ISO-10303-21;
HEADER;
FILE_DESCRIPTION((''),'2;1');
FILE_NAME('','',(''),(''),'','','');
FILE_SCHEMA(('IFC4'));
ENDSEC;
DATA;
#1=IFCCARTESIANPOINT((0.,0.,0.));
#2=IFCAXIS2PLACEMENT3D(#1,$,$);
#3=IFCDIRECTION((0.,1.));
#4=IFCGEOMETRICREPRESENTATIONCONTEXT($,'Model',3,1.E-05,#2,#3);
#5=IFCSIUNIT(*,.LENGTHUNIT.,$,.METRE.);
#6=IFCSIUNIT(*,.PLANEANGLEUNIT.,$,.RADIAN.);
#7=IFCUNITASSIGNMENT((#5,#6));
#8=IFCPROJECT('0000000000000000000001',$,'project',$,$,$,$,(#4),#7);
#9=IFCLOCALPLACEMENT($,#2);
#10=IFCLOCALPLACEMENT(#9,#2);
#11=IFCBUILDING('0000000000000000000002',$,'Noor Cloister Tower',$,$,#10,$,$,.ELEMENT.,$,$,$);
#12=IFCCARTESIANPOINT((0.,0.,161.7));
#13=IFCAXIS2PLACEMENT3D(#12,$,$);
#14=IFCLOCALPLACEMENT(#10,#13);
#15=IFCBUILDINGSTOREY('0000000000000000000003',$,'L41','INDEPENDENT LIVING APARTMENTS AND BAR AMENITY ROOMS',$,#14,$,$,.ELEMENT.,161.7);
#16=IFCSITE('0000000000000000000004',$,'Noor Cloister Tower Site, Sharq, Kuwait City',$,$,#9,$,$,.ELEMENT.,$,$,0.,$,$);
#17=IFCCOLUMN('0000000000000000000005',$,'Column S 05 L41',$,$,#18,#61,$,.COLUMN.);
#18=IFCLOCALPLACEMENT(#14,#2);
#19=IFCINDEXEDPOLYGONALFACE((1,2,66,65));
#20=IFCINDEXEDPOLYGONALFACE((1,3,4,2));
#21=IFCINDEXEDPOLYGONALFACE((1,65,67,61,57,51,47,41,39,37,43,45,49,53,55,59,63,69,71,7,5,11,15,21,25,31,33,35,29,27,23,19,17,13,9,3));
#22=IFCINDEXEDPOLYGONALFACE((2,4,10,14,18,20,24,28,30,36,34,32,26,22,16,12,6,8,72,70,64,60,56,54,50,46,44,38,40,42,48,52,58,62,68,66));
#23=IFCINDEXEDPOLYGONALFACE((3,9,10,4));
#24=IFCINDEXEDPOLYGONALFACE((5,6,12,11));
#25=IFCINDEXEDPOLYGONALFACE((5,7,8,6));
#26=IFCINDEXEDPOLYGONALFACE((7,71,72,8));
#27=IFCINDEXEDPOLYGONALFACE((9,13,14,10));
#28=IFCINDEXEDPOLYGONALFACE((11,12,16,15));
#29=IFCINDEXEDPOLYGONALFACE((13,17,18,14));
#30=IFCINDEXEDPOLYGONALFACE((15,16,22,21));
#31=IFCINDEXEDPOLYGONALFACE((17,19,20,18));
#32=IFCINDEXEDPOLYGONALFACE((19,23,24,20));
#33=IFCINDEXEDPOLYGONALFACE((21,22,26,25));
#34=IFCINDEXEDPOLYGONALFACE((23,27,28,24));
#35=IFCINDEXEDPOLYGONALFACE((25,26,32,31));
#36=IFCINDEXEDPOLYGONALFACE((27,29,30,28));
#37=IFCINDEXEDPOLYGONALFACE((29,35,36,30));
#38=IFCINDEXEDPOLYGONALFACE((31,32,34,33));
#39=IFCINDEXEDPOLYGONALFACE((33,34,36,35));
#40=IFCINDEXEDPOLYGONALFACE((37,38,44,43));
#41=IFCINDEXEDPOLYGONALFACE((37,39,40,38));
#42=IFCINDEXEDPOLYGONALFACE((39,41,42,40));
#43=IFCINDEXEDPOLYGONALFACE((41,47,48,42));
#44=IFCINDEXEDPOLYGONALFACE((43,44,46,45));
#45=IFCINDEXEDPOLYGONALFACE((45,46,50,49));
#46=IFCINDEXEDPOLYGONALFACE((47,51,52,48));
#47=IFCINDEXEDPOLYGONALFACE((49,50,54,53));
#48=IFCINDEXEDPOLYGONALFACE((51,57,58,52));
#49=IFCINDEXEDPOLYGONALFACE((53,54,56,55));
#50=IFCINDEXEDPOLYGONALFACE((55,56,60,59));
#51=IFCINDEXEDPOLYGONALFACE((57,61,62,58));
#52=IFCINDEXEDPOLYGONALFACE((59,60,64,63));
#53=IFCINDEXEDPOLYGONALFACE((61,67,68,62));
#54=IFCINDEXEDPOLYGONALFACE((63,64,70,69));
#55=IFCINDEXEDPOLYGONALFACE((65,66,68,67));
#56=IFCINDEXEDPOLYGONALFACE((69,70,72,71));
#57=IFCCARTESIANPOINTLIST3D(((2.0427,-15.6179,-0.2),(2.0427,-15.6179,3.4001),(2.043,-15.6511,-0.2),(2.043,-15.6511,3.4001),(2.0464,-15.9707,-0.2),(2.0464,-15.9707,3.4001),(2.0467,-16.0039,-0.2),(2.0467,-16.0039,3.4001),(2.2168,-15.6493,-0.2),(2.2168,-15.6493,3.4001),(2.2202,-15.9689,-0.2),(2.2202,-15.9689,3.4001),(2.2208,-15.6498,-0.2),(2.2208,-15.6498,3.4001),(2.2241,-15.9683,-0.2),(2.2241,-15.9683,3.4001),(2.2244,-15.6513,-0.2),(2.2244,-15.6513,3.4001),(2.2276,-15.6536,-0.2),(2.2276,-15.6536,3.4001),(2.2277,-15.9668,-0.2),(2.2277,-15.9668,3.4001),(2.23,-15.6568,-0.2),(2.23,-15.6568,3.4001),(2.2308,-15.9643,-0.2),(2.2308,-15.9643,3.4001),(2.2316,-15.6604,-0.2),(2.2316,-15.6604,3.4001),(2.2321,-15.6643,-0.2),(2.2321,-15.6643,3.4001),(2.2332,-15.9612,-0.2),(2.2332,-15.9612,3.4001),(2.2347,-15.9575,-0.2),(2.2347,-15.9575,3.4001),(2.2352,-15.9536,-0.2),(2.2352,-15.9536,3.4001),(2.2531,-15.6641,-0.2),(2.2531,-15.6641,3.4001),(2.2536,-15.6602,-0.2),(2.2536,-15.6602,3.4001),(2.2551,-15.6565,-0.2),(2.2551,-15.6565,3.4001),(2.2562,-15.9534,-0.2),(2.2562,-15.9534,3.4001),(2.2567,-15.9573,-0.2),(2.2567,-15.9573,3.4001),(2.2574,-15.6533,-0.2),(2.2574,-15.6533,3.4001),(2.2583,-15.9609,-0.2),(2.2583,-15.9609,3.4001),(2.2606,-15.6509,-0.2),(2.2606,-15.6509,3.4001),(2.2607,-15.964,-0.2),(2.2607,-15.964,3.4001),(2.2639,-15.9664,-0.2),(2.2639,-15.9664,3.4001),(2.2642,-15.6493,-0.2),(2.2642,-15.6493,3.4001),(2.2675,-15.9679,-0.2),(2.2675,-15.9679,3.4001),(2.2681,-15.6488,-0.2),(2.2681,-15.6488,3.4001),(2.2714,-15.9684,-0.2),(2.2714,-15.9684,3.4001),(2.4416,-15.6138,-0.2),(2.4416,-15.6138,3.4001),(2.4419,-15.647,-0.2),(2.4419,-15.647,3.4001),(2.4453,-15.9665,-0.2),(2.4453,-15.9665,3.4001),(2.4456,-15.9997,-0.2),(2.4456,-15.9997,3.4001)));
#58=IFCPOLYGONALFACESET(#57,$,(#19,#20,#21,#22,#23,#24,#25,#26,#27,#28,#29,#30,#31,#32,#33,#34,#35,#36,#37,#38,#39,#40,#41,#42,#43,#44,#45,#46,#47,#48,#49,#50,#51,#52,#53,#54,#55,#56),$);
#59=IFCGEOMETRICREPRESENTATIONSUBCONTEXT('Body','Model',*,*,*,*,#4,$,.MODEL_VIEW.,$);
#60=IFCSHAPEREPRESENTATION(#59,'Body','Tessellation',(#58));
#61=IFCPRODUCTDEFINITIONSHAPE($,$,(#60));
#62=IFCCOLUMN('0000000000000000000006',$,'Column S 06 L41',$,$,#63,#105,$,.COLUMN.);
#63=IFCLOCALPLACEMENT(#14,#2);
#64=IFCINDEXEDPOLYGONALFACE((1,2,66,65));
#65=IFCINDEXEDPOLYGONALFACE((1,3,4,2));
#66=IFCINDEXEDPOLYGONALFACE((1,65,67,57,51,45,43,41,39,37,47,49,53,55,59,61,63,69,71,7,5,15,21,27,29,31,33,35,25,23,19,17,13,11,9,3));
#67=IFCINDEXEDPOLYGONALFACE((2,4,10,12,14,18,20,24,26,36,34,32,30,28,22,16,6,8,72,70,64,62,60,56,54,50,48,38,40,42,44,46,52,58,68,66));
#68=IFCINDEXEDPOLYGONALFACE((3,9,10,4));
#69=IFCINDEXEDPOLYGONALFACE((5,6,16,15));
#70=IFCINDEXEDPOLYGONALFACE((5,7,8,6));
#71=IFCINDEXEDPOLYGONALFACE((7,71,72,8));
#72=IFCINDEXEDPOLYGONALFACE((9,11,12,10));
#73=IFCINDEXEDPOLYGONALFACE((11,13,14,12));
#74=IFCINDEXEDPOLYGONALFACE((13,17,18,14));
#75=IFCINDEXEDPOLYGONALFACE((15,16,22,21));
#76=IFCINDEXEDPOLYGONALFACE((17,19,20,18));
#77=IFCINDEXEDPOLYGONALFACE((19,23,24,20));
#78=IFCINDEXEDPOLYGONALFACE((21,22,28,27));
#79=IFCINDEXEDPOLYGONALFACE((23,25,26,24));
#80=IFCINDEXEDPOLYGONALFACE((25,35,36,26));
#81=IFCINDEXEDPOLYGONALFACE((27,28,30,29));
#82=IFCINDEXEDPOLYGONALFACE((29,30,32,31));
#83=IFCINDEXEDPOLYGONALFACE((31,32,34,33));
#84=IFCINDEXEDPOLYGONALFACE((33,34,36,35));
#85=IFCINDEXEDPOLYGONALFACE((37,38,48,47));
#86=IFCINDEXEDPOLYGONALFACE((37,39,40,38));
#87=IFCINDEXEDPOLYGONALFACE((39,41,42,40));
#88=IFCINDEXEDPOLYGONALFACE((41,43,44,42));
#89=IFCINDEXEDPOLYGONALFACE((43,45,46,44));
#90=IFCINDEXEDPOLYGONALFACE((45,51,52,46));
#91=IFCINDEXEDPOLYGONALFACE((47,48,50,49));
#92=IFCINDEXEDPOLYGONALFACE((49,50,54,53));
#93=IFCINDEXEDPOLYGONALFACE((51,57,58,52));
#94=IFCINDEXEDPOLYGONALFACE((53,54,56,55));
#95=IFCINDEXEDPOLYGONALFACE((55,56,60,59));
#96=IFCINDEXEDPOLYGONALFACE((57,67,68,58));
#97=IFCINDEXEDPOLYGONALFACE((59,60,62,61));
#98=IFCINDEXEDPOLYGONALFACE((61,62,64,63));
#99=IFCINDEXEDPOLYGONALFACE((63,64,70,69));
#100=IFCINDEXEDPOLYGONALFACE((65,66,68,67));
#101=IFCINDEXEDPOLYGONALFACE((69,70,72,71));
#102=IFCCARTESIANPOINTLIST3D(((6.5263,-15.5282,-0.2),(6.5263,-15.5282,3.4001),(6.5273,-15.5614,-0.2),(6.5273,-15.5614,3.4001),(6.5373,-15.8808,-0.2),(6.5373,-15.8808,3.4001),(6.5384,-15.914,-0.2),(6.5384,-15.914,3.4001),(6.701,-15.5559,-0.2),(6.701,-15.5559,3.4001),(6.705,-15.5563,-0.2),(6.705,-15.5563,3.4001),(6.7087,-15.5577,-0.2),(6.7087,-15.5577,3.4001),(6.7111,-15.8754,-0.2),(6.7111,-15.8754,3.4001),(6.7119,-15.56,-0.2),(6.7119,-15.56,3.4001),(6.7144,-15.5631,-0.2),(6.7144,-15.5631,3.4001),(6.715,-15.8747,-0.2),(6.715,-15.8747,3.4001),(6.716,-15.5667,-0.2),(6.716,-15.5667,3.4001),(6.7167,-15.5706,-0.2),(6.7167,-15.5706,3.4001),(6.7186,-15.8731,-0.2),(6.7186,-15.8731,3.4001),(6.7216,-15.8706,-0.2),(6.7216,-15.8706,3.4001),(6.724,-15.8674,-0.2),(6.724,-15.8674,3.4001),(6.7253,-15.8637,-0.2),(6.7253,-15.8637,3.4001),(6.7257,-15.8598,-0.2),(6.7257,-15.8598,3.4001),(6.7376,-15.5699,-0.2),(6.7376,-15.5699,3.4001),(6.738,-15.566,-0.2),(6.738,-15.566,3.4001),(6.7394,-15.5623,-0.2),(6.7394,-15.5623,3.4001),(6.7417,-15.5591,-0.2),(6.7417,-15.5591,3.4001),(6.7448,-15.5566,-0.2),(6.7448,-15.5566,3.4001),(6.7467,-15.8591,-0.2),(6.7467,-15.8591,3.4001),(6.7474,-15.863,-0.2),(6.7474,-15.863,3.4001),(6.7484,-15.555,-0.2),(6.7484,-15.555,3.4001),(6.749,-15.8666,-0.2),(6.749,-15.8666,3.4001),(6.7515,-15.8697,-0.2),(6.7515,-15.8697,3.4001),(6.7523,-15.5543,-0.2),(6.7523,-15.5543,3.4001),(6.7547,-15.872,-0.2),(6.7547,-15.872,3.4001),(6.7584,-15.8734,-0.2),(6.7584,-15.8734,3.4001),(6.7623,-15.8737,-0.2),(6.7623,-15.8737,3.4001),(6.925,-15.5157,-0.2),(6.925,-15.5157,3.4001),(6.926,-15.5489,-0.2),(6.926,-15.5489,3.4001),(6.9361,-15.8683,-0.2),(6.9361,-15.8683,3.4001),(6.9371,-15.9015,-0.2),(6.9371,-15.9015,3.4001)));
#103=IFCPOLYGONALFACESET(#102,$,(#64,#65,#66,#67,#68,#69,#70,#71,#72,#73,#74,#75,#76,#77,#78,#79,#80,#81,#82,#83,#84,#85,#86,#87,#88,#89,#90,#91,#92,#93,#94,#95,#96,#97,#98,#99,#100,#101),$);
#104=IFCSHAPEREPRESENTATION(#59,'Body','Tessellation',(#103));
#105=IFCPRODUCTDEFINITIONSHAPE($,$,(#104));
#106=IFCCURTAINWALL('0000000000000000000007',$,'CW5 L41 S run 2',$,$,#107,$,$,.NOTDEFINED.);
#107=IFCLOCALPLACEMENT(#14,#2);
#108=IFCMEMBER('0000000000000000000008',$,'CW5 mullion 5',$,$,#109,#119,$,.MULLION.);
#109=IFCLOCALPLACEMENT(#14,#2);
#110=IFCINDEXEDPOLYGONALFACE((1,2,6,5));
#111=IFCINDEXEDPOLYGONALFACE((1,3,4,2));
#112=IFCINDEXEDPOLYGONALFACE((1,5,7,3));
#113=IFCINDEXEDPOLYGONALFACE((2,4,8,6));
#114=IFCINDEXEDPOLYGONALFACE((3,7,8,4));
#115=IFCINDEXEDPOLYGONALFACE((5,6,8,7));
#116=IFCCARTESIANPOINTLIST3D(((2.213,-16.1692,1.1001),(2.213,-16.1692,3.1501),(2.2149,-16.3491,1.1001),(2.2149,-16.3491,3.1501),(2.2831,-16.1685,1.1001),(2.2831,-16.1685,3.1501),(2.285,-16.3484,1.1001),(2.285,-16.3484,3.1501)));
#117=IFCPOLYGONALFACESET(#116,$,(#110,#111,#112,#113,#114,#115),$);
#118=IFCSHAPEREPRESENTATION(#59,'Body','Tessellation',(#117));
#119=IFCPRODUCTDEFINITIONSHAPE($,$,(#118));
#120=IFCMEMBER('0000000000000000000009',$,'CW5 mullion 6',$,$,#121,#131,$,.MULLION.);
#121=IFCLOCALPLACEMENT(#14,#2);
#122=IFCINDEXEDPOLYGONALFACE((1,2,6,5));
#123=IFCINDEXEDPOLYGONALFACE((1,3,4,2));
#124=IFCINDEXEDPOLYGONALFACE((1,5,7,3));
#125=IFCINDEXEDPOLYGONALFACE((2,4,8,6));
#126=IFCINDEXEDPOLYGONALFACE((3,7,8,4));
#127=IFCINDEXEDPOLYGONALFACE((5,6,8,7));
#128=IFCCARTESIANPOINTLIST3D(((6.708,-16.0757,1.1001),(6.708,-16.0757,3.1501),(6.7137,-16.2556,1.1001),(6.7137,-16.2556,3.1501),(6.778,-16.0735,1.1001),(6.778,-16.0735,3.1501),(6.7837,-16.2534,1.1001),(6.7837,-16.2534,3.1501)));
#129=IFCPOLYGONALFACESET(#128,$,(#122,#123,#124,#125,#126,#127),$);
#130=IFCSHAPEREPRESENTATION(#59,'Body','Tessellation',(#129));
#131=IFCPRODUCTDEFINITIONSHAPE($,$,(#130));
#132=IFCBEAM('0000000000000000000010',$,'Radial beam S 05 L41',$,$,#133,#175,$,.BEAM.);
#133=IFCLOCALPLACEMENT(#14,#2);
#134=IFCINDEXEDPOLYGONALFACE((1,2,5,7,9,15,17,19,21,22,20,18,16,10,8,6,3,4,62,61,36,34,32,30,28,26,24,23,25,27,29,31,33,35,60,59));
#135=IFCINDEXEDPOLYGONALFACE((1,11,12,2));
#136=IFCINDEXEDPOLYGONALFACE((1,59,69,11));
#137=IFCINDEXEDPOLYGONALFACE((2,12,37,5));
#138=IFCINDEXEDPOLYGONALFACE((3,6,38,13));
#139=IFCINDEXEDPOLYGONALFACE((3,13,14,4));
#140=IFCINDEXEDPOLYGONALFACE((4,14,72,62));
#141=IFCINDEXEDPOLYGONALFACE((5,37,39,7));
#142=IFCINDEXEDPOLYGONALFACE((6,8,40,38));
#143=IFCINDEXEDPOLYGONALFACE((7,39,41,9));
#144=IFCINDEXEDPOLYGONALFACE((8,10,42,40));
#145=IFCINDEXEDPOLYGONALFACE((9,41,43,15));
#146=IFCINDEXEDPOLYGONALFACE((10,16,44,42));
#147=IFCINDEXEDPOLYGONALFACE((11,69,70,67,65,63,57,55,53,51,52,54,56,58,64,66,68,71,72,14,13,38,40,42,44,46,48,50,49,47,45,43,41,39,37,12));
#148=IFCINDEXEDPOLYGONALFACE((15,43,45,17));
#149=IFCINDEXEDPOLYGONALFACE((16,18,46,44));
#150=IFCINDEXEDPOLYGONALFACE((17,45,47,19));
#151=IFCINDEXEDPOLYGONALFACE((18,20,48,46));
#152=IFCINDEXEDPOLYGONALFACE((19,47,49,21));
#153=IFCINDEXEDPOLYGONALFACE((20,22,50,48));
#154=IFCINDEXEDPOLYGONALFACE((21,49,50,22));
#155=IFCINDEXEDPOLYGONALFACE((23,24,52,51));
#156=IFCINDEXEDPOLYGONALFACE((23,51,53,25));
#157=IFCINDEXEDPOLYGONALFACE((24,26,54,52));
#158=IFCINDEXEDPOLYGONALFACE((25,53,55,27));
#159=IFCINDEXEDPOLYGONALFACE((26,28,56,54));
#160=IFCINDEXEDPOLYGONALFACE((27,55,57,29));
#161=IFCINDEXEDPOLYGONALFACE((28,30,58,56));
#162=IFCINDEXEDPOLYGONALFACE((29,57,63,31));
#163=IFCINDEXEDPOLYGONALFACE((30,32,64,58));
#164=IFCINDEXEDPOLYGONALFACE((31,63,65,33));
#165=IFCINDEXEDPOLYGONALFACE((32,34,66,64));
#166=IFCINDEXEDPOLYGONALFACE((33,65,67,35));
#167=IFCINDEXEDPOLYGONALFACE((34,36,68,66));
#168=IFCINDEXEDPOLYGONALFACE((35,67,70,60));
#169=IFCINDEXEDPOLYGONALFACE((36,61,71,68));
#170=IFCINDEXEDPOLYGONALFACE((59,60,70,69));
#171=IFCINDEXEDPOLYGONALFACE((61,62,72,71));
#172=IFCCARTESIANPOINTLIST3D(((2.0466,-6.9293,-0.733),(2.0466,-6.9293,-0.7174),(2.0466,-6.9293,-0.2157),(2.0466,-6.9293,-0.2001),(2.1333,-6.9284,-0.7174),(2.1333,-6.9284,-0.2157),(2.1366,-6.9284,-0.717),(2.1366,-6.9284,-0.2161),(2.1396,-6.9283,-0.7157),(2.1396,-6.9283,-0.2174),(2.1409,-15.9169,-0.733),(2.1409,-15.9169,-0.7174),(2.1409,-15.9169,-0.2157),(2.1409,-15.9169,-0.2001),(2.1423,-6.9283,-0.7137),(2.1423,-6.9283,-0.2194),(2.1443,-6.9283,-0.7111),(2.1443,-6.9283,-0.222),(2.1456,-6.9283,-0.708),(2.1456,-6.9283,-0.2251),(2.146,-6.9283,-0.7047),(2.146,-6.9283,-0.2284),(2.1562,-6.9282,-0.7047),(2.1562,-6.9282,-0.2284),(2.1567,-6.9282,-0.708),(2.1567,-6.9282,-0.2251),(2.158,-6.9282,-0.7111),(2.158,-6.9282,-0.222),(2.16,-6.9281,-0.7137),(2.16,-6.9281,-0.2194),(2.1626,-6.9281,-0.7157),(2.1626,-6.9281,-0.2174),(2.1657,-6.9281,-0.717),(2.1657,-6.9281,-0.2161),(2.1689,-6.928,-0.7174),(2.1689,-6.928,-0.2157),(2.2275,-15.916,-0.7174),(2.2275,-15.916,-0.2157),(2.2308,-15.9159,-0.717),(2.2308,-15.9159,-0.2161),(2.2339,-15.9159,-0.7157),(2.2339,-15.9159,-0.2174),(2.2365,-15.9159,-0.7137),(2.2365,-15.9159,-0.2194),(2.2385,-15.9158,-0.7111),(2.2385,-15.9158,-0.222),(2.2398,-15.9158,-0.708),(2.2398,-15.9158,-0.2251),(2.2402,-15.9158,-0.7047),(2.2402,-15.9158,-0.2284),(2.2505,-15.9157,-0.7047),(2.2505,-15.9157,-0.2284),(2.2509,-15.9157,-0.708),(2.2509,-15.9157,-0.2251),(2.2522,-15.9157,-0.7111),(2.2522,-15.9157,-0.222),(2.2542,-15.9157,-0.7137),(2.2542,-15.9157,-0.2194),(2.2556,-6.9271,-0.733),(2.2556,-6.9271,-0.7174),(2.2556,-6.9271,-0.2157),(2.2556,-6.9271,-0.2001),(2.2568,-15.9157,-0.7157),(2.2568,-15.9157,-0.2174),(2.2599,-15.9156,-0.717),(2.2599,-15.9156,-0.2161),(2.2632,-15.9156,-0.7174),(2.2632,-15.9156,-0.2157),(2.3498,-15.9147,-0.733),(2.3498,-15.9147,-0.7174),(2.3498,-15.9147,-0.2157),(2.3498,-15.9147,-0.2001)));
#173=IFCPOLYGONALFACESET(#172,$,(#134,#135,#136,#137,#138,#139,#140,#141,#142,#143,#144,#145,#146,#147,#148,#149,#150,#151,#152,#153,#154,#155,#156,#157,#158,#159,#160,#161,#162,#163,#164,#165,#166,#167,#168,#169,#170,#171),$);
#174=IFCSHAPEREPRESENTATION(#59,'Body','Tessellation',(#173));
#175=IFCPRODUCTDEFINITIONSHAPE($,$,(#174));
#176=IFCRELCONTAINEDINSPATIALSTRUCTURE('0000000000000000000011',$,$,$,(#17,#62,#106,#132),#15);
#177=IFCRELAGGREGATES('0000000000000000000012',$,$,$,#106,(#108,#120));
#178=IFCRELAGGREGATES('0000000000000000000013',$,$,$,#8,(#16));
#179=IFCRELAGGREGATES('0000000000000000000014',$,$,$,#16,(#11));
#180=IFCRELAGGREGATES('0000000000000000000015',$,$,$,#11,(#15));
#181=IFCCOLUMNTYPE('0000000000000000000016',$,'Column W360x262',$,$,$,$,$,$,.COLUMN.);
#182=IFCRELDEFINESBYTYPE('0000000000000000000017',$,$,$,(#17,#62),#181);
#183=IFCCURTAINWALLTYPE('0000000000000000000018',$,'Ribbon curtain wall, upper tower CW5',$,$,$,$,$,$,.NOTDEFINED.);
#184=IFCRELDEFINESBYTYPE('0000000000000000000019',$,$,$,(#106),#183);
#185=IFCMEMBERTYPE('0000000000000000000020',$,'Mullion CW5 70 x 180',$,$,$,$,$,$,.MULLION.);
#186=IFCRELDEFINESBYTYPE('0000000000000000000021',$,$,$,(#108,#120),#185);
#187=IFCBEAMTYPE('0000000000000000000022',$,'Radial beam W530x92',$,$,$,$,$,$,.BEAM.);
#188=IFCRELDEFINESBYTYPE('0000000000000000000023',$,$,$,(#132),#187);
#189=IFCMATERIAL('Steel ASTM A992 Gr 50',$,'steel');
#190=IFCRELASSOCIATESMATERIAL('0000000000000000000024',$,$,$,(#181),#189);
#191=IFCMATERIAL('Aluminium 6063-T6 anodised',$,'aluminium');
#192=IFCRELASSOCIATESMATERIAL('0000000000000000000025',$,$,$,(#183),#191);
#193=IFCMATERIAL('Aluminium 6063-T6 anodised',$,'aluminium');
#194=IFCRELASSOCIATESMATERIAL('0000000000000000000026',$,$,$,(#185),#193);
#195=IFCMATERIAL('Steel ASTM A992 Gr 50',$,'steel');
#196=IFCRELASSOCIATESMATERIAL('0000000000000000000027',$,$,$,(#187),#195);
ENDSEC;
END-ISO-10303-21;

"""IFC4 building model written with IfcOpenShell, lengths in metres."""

from ifc_helpers import new_model, si_unit, direction, frame, origin, origin_2d, place, context, subcontext, project, spatial, rectangle, i_section, extrude, material, material_profile, profile_set, type_object, element, aggregate, save


model = new_model("IFC4")

# Units and contexts
model_context = context("Model", 3, precision=1e-05, world=origin(), true_north=direction((0.0, 1.0)))
body_context = subcontext(model_context, "Body", "Model", "MODEL_VIEW")
ifc_project = project(units=[si_unit("LENGTHUNIT", "METRE"), si_unit("PLANEANGLEUNIT", "RADIAN")], contexts=[model_context])

# Site, building, storey
site_placement = place(None, origin())
site = spatial("IfcSite", under=ifc_project, at=site_placement, Name="Noor Cloister Tower Site, Sharq, Kuwait City", CompositionType="ELEMENT", RefElevation=0.0)
building_placement = place(site_placement, origin())
building = spatial("IfcBuilding", under=site, at=building_placement, Name="Noor Cloister Tower", CompositionType="ELEMENT")
storey_placement = place(building_placement, frame((0.0, 0.0, 161.7)))
storey = spatial("IfcBuildingStorey", under=building, at=storey_placement, Name="L41", Description="INDEPENDENT LIVING APARTMENTS AND BAR AMENITY ROOMS", CompositionType="ELEMENT", Elevation=161.7)

# Columns
ifc_material_1 = material(Name="Steel ASTM A992 Gr 50", Category="steel")
ifc_material_profile_1 = material_profile(ifc_material_1, i_section(OverallWidth=0.3989, OverallDepth=0.386, WebThickness=0.021, FlangeThickness=0.0332, FilletRadius=0.0151, at=origin_2d()), Name="W360x262")
ifc_profile_set_1 = profile_set([ifc_material_profile_1], Name="Steel ASTM A992 Gr 50")
column_type = type_object("IfcColumnType", Name="Column W360x262", PredefinedType="COLUMN", material=ifc_profile_set_1)
for number, where, z_axis, x_axis, name in (
    (1, (2.2441, -15.8088, -0.2), (0.0, 0.0, 1.0), (0.999945, 0.010473, 0.0), "Column S 05 L41"),
    (2, (6.7317, -15.7148, -0.2), (0.0, 0.0, 1.0), (0.999506, 0.031414, 0.0), "Column S 06 L41"),
):
    element("IfcColumn", number, at=place(storey_placement, frame(where, z_axis=z_axis, x_axis=x_axis)), inside=storey, type_object=column_type, Name=name, PredefinedType="COLUMN", context=body_context, shape_type="SweptSolid", body=[
        extrude(i_section(OverallWidth=0.3989, OverallDepth=0.386, WebThickness=0.021, FlangeThickness=0.0332, FilletRadius=0.0151, at=origin_2d()), origin(), (0.0, 0.0, 1.0), 3.6001),
    ])

# Curtain wall, members
ifc_material_2 = material(Name="Aluminium 6063-T6 anodised", Category="aluminium")
curtain_wall_type = type_object("IfcCurtainWallType", Name="Ribbon curtain wall, upper tower CW5", PredefinedType="NOTDEFINED", material=ifc_material_2)
curtain_wall_placement = place(storey_placement, origin())
curtain_wall = element("IfcCurtainWall", 3, at=curtain_wall_placement, inside=storey, type_object=curtain_wall_type, Name="CW5 L41 S run 2", PredefinedType="NOTDEFINED")
ifc_material_3 = material(Name="Aluminium 6063-T6 anodised", Category="aluminium")
ifc_material_profile_2 = material_profile(ifc_material_3, rectangle(XDim=0.1799, YDim=0.0701, at=origin_2d()), Name="180 x 70 mullion")
ifc_profile_set_2 = profile_set([ifc_material_profile_2], Name="Aluminium 6063-T6 anodised")
member_type = type_object("IfcMemberType", Name="Mullion CW5 70 x 180", PredefinedType="MULLION", material=ifc_profile_set_2)
member_1_placement = place(storey_placement, frame((2.249, -16.2588, 1.1001), z_axis=(0.0, 0.0, 1.0), x_axis=(-0.010473, 0.999945, 0.0)))
member_1 = element("IfcMember", 4, at=member_1_placement, type_object=member_type, Name="CW5 mullion 5", PredefinedType="MULLION", context=body_context, shape_type="SweptSolid", body=[
    extrude(rectangle(XDim=0.1799, YDim=0.0701, at=origin_2d()), origin(), (0.0, 0.0, 1.0), 2.05),
])
member_2_placement = place(storey_placement, frame((6.7458, -16.1646, 1.1001), z_axis=(0.0, 0.0, 1.0), x_axis=(-0.031414, 0.999506, 0.0)))
member_2 = element("IfcMember", 5, at=member_2_placement, type_object=member_type, Name="CW5 mullion 6", PredefinedType="MULLION", context=body_context, shape_type="SweptSolid", body=[
    extrude(rectangle(XDim=0.1799, YDim=0.0701, at=origin_2d()), origin(), (0.0, 0.0, 1.0), 2.05),
])

# Beam
ifc_material_4 = material(Name="Steel ASTM A992 Gr 50", Category="steel")
ifc_material_profile_3 = material_profile(ifc_material_4, i_section(OverallWidth=0.209, OverallDepth=0.533, WebThickness=0.0103, FlangeThickness=0.0156, FilletRadius=0.0127, at=origin_2d()), Name="W530x92")
ifc_profile_set_3 = profile_set([ifc_material_profile_3], Name="Steel ASTM A992 Gr 50")
beam_type_1 = type_object("IfcBeamType", Name="Radial beam W530x92", PredefinedType="BEAM", material=ifc_profile_set_3)
beam_1_placement = place(storey_placement, frame((2.2454, -15.9158, -0.4666), z_axis=(-0.010485, 0.999945, 0.0), x_axis=(-0.999945, -0.010485, 0.0)))
element("IfcBeam", 6, at=beam_1_placement, inside=storey, type_object=beam_type_1, Name="Radial beam S 05 L41", PredefinedType="BEAM", context=body_context, shape_type="SweptSolid", body=[
    extrude(i_section(OverallWidth=0.209, OverallDepth=0.533, WebThickness=0.0103, FlangeThickness=0.0156, FilletRadius=0.0127, at=origin_2d()), origin(), (0.0, 0.0, 1.0), 8.988),
])

aggregate(curtain_wall, [member_1, member_2])

save(model, "model.ifc")
